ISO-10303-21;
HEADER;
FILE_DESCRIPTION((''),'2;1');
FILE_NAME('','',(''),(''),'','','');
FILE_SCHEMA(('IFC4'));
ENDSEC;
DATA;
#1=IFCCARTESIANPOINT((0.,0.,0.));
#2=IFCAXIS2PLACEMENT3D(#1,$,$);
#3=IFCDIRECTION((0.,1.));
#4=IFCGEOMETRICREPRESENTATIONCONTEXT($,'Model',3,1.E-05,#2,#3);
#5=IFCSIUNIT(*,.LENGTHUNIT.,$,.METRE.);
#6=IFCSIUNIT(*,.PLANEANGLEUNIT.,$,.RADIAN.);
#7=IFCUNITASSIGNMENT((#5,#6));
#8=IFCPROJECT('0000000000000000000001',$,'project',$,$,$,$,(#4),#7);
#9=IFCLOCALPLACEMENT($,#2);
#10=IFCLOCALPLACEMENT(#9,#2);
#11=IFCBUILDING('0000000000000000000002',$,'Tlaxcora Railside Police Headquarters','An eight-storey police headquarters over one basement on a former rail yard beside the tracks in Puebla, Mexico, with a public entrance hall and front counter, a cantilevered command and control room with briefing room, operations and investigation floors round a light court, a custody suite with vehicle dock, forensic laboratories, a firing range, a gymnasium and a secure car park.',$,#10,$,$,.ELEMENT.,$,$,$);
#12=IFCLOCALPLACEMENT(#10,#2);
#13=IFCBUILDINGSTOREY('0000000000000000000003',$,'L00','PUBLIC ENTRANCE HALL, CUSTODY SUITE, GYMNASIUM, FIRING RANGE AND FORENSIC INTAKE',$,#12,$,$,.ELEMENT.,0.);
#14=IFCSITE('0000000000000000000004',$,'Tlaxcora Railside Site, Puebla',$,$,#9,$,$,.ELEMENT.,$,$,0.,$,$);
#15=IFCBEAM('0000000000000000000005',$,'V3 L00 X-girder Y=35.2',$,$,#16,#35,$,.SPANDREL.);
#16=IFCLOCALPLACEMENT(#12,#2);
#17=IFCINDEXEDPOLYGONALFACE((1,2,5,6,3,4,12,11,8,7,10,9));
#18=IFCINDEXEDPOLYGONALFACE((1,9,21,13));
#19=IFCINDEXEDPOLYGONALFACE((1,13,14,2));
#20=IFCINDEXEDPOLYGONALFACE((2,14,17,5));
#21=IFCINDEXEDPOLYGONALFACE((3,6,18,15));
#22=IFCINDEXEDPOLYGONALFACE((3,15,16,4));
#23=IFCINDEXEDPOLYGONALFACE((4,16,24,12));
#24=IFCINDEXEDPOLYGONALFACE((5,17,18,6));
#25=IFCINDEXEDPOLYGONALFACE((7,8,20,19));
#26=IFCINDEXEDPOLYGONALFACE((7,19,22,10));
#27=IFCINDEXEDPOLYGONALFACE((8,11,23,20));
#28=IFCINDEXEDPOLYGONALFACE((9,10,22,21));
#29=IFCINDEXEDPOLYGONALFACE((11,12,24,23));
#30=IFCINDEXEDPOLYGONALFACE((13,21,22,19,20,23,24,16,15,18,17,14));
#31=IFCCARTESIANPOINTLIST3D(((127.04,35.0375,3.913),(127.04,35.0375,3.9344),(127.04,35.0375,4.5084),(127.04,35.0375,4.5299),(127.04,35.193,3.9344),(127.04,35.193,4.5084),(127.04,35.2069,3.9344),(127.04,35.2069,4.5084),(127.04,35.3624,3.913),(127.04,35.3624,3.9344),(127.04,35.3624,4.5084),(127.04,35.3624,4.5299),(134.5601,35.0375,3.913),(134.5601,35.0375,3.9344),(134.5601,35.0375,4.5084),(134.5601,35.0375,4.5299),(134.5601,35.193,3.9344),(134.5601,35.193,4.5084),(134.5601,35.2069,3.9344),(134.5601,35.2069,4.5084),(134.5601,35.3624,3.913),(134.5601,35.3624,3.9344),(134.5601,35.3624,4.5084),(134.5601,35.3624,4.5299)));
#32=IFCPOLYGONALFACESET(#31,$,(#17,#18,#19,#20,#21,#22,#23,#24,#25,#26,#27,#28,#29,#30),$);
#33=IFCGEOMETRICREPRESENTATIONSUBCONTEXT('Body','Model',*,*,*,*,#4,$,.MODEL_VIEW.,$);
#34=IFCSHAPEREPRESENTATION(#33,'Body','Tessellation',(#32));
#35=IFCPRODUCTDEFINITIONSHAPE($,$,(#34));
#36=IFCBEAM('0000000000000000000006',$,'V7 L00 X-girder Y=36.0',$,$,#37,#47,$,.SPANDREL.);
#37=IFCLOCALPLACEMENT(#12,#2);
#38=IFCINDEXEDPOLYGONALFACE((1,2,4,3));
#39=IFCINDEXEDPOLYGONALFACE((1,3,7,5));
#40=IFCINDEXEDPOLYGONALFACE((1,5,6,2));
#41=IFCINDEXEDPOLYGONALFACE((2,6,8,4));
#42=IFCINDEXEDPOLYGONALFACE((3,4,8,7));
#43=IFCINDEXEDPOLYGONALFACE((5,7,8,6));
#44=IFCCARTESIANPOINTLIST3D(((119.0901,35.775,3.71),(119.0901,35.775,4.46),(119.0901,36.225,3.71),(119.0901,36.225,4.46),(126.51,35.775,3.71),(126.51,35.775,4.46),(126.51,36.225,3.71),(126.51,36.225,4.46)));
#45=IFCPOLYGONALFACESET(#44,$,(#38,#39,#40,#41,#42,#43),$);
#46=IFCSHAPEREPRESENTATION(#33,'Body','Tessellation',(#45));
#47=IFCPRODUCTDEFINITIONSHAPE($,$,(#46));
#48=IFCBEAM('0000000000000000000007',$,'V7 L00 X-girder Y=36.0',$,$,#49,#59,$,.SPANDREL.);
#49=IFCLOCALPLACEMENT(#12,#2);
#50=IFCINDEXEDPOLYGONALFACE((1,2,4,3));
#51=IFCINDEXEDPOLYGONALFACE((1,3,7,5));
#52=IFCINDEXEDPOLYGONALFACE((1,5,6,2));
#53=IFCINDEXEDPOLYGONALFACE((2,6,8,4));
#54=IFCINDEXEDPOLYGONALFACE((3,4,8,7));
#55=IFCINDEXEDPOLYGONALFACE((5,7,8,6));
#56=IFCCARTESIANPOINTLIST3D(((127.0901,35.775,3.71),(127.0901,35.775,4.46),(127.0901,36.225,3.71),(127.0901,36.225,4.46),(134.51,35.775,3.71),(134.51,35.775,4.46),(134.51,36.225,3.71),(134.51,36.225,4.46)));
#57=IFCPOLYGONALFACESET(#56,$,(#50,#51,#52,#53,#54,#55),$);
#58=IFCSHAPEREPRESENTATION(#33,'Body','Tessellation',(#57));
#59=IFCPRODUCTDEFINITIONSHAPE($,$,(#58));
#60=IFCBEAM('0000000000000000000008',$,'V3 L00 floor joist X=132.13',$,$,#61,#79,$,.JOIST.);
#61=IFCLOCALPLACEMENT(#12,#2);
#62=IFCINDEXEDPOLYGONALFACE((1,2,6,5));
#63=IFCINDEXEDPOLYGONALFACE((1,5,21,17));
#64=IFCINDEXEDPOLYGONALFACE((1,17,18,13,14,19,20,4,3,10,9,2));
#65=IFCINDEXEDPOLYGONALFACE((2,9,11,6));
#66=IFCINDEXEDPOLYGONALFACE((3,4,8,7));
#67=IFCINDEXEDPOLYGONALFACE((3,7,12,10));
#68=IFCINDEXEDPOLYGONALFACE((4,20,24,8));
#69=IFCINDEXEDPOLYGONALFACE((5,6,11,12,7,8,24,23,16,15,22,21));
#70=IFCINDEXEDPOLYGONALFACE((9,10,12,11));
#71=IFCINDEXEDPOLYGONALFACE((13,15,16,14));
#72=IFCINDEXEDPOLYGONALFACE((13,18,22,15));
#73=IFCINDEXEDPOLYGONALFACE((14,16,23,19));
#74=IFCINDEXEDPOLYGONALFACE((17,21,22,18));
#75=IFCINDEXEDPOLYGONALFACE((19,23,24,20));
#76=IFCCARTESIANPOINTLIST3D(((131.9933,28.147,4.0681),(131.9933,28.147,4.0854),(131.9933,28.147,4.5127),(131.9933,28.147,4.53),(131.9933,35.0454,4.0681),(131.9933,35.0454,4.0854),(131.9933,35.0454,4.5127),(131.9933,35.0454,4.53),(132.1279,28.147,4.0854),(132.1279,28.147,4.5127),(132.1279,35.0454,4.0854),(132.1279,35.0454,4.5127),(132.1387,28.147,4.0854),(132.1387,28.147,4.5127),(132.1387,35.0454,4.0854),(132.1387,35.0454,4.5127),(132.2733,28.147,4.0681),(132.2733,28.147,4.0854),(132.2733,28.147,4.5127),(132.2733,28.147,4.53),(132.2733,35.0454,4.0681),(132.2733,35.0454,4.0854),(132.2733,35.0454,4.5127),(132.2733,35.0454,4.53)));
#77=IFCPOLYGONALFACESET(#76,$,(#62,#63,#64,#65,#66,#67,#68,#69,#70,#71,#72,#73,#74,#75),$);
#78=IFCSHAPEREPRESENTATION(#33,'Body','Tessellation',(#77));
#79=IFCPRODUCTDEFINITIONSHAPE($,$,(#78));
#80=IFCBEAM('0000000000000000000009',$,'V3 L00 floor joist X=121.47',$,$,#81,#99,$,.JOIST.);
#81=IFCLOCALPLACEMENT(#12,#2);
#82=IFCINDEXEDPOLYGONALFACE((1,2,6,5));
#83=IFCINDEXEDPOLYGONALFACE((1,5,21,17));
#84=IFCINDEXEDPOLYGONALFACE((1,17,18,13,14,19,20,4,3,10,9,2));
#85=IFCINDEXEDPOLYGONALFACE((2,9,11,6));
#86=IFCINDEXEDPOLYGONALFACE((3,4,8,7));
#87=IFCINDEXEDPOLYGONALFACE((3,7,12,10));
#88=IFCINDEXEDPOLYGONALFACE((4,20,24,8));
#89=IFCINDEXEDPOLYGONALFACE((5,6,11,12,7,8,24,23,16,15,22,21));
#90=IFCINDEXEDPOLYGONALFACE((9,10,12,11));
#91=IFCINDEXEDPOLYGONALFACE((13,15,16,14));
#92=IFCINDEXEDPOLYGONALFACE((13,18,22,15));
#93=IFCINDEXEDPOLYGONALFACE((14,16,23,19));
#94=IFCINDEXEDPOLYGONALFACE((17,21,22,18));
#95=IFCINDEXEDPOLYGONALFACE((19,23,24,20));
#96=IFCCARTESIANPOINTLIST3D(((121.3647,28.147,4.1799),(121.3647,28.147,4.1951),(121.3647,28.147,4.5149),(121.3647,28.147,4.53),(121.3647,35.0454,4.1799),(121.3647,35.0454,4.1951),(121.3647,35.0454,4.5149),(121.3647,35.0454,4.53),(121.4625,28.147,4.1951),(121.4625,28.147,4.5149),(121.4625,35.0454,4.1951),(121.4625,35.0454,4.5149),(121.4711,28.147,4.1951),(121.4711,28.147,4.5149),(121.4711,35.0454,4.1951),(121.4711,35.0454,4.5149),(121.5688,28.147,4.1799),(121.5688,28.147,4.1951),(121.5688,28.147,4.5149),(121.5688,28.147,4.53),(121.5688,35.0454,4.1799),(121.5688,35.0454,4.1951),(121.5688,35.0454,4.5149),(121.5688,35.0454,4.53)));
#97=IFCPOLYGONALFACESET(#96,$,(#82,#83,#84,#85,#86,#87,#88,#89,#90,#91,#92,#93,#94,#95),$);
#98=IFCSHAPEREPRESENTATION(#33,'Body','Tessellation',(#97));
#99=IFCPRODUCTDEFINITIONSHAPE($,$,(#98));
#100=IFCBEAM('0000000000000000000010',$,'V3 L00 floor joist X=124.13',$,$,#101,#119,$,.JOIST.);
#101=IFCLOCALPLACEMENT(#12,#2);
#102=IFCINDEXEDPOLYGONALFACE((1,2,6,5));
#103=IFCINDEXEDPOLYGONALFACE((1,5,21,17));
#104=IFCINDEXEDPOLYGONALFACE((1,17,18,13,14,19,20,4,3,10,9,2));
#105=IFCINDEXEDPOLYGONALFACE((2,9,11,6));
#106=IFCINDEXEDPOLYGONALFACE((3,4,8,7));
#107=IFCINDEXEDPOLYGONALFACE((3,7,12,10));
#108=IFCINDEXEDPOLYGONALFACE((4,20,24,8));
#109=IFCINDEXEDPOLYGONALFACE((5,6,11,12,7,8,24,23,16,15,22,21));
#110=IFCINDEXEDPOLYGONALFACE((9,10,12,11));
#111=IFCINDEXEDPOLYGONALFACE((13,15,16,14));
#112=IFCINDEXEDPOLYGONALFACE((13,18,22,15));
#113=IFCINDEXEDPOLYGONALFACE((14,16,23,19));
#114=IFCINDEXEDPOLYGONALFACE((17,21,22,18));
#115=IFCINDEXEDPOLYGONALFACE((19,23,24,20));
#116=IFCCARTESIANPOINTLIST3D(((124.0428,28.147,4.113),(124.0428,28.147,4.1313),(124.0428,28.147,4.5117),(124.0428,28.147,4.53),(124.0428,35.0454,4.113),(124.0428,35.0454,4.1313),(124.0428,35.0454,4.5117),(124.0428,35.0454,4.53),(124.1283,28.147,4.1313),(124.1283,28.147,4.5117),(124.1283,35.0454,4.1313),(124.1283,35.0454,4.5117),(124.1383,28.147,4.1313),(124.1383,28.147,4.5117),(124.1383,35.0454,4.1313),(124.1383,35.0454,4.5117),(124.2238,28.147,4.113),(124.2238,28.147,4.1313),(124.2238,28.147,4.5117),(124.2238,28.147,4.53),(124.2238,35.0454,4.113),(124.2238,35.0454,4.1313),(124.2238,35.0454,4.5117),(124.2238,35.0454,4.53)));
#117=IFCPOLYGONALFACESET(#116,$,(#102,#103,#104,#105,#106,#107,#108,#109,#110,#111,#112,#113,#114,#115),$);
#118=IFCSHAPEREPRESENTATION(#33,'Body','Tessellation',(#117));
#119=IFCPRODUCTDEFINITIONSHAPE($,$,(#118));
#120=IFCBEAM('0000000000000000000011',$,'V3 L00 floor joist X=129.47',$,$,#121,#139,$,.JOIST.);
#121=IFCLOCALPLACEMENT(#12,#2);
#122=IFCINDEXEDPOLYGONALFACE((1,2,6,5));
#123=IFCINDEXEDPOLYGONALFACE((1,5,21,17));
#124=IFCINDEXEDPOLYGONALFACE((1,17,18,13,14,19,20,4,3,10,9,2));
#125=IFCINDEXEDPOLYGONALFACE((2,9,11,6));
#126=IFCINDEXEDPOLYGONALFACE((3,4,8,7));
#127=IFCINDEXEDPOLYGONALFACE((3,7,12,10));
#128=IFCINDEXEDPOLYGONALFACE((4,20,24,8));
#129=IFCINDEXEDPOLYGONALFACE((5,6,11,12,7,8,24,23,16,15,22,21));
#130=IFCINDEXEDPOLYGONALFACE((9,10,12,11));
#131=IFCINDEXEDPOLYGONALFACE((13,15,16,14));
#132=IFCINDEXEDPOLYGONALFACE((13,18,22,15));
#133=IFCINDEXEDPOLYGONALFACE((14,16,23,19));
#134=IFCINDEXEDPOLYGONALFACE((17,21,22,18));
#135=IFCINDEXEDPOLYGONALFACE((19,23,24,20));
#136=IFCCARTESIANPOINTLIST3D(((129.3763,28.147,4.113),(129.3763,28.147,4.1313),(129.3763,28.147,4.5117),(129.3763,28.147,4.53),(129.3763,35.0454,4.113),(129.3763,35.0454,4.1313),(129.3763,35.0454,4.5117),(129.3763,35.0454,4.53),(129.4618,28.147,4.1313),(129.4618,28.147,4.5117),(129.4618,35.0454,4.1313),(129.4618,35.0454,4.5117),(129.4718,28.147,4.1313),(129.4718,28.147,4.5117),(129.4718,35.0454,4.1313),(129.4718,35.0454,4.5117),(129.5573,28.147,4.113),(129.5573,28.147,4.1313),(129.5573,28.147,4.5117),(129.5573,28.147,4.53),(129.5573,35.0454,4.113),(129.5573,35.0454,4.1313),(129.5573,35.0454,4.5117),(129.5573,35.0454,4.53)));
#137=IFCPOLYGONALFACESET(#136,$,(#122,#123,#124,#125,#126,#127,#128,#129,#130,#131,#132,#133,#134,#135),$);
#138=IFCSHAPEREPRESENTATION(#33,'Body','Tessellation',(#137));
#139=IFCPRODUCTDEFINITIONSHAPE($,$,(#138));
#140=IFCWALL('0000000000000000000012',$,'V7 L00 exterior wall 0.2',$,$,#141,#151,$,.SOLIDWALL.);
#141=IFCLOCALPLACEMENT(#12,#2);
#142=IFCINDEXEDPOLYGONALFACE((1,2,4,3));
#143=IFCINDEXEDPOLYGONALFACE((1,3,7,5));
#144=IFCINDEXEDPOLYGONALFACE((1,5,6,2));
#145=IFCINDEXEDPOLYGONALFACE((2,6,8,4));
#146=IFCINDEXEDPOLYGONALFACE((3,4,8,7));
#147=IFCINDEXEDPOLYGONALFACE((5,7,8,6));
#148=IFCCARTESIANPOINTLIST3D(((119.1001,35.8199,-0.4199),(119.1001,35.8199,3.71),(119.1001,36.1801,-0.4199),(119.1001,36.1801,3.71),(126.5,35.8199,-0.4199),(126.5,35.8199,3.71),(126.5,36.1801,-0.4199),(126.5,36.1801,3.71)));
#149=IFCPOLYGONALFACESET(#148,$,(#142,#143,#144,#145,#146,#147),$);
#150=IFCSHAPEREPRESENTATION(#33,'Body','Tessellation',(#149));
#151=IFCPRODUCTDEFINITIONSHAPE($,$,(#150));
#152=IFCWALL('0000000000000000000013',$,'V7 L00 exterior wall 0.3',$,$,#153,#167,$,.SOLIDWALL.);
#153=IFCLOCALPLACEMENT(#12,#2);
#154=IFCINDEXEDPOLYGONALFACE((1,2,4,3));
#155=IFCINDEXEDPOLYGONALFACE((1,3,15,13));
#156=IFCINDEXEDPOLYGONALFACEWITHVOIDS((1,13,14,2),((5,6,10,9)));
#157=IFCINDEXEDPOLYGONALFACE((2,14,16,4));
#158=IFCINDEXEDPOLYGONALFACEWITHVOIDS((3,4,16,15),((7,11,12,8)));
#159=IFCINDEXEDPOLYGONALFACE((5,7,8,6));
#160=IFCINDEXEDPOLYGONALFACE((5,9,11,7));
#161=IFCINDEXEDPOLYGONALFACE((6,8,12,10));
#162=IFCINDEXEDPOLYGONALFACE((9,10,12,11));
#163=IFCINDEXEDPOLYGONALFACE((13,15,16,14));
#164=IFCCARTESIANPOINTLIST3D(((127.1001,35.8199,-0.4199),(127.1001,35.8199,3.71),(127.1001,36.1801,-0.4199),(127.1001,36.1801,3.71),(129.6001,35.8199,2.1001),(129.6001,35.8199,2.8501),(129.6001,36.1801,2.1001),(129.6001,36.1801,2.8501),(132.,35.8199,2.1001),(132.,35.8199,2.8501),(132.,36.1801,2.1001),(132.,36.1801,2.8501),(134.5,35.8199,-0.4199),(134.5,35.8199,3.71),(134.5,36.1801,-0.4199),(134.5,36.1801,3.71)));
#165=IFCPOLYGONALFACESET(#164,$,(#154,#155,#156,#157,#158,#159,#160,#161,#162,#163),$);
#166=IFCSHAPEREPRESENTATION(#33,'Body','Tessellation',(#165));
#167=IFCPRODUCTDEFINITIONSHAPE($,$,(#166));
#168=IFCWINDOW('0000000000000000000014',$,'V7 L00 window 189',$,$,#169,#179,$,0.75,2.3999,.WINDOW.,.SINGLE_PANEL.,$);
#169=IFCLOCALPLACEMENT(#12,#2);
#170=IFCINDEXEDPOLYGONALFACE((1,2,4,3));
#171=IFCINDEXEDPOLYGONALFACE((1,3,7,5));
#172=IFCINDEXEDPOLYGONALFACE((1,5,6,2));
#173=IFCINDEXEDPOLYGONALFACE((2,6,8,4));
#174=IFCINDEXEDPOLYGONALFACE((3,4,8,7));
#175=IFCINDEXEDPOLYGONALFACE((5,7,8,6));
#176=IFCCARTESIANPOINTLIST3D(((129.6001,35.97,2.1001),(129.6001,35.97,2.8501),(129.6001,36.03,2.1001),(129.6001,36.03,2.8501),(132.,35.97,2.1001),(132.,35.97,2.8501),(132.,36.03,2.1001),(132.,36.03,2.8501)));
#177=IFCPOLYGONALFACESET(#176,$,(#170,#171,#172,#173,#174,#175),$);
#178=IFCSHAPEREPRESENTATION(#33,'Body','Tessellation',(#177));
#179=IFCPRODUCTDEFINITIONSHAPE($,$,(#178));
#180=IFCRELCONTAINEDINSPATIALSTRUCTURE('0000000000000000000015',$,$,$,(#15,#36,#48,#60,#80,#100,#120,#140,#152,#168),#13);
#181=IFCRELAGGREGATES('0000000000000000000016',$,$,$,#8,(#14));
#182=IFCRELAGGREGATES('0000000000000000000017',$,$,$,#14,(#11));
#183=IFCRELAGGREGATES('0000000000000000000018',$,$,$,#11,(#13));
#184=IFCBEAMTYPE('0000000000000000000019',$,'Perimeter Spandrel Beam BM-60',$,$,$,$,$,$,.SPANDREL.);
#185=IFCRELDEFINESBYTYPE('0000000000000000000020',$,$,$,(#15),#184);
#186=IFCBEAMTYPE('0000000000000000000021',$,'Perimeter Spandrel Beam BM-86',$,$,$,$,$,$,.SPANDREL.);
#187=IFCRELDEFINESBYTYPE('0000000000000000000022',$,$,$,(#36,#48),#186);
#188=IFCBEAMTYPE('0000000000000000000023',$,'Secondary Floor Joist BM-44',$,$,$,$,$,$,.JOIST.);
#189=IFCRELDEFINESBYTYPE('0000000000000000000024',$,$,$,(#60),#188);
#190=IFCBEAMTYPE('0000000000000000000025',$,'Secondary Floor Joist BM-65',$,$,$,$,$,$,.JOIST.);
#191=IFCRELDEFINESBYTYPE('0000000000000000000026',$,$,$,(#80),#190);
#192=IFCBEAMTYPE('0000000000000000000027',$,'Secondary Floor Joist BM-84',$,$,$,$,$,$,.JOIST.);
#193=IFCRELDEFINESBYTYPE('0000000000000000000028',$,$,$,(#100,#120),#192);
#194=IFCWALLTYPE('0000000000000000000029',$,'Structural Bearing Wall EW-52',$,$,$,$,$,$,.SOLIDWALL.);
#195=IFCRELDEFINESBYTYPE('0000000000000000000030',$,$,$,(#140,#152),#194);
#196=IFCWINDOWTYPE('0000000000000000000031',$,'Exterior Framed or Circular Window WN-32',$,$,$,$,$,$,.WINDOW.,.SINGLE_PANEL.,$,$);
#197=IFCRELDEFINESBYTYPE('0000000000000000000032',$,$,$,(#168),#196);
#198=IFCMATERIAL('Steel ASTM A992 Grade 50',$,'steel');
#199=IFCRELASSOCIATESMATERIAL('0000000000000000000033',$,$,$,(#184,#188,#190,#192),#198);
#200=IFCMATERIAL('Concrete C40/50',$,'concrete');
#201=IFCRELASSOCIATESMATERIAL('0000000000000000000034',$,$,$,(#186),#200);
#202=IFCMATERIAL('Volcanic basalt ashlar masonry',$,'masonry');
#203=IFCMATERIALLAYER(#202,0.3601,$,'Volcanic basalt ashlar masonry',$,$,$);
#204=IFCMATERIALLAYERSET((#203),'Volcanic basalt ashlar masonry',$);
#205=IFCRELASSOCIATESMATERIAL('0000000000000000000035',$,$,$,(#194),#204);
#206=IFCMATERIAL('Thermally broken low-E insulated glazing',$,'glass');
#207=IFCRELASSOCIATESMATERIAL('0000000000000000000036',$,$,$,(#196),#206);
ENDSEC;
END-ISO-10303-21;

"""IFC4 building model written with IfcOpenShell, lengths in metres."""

from ifc_helpers import new_model, si_unit, direction, frame, frame_2d, origin, origin_2d, place, context, subcontext, project, spatial, rectangle, i_section, extrude, material, layer, layer_set, material_profile, profile_set, type_object, element, fill, save


model = new_model("IFC4")

# Units and contexts
model_context = context("Model", 3, precision=1e-05, world=origin(), true_north=direction((0.0, 1.0)))
body_context = subcontext(model_context, "Body", "Model", "MODEL_VIEW")
ifc_project = project(units=[si_unit("LENGTHUNIT", "METRE"), si_unit("PLANEANGLEUNIT", "RADIAN")], contexts=[model_context])

# Site, building, storey
site_placement = place(None, origin())
site = spatial("IfcSite", under=ifc_project, at=site_placement, Name="Tlaxcora Railside Site, Puebla", CompositionType="ELEMENT", RefElevation=0.0)
building_placement = place(site_placement, origin())
building = spatial("IfcBuilding", under=site, at=building_placement, Name="Tlaxcora Railside Police Headquarters", Description="An eight-storey police headquarters over one basement on a former rail yard beside the tracks in Puebla, Mexico, with a public entrance hall and front counter, a cantilevered command and control room with briefing room, operations and investigation floors round a light court, a custody suite with vehicle dock, forensic laboratories, a firing range, a gymnasium and a secure car park.", CompositionType="ELEMENT")
storey_placement = place(building_placement, origin())
storey = spatial("IfcBuildingStorey", under=building, at=storey_placement, Name="L00", Description="PUBLIC ENTRANCE HALL, CUSTODY SUITE, GYMNASIUM, FIRING RANGE AND FORENSIC INTAKE", CompositionType="ELEMENT", Elevation=0.0)

# Shared definitions
ifc_material_1 = material(Name="Concrete C40/50", Category="concrete")

# Beams
ifc_material_2 = material(Name="Steel ASTM A992 Grade 50", Category="steel")
ifc_material_profile_1 = material_profile(ifc_material_2, i_section(OverallWidth=0.325, OverallDepth=0.6169, WebThickness=0.0139, FlangeThickness=0.0215, at=origin_2d()), Name="W24X117")
ifc_profile_set_1 = profile_set([ifc_material_profile_1], Name="Steel ASTM A992 Grade 50")
beam_type_1 = type_object("IfcBeamType", Name="Perimeter Spandrel Beam BM-60", PredefinedType="SPANDREL", material=ifc_profile_set_1)
for number, where, z_axis, x_axis, name in (
    (1, (127.04, 35.2, 4.2214), (1.0, 0.0, 0.0), (0.0, 1.0, 0.0), "V3 L00 X-girder Y=35.2"),
):
    element("IfcBeam", number, at=place(storey_placement, frame(where, z_axis=z_axis, x_axis=x_axis)), inside=storey, type_object=beam_type_1, Name=name, PredefinedType="SPANDREL", context=body_context, shape_type="SweptSolid", body=[
        extrude(i_section(OverallWidth=0.325, OverallDepth=0.6169, WebThickness=0.0139, FlangeThickness=0.0215, at=origin_2d()), origin(), (0.0, 0.0, 1.0), 7.52),
    ])
ifc_material_profile_2 = material_profile(ifc_material_1, rectangle(XDim=0.45, YDim=0.75, at=origin_2d()), Name="RC450X750")
ifc_profile_set_2 = profile_set([ifc_material_profile_2], Name="Concrete C40/50")
beam_type_2 = type_object("IfcBeamType", Name="Perimeter Spandrel Beam BM-86", PredefinedType="SPANDREL", material=ifc_profile_set_2)
for number, where, z_axis, x_axis, name in (
    (2, (119.0901, 36.0, 4.085), (1.0, 0.0, 0.0), (0.0, 1.0, 0.0), "V7 L00 X-girder Y=36.0"),
    (3, (127.0901, 36.0, 4.085), (1.0, 0.0, 0.0), (0.0, 1.0, 0.0), "V7 L00 X-girder Y=36.0"),
):
    element("IfcBeam", number, at=place(storey_placement, frame(where, z_axis=z_axis, x_axis=x_axis)), inside=storey, type_object=beam_type_2, Name=name, PredefinedType="SPANDREL", context=body_context, shape_type="SweptSolid", body=[
        extrude(rectangle(XDim=0.45, YDim=0.75, at=origin_2d()), origin(), (0.0, 0.0, 1.0), 7.4199),
    ])
ifc_material_profile_3 = material_profile(ifc_material_2, i_section(OverallWidth=0.28, OverallDepth=0.4619, WebThickness=0.0107, FlangeThickness=0.0173, at=origin_2d()), Name="W18X76")
ifc_profile_set_3 = profile_set([ifc_material_profile_3], Name="Steel ASTM A992 Grade 50")
beam_type_3 = type_object("IfcBeamType", Name="Secondary Floor Joist BM-44", PredefinedType="JOIST", material=ifc_profile_set_3)
beam_1_placement = place(storey_placement, frame((132.1333, 28.147, 4.2991), z_axis=(0.0, 1.0, 0.0), x_axis=(-1.0, 0.0, 0.0)))
element("IfcBeam", 4, at=beam_1_placement, inside=storey, type_object=beam_type_3, Name="V3 L00 floor joist X=132.13", PredefinedType="JOIST", context=body_context, shape_type="SweptSolid", body=[
    extrude(i_section(OverallWidth=0.28, OverallDepth=0.4619, WebThickness=0.0107, FlangeThickness=0.0173, at=origin_2d()), origin(), (0.0, 0.0, 1.0), 6.8984),
])
ifc_material_profile_4 = material_profile(ifc_material_2, i_section(OverallWidth=0.2041, OverallDepth=0.3501, WebThickness=0.0085, FlangeThickness=0.0151, at=origin_2d()), Name="W14X48")
ifc_profile_set_4 = profile_set([ifc_material_profile_4], Name="Steel ASTM A992 Grade 50")
beam_type_4 = type_object("IfcBeamType", Name="Secondary Floor Joist BM-65", PredefinedType="JOIST", material=ifc_profile_set_4)
beam_2_placement = place(storey_placement, frame((121.4668, 28.147, 4.355), z_axis=(0.0, 1.0, 0.0), x_axis=(-1.0, 0.0, 0.0)))
element("IfcBeam", 5, at=beam_2_placement, inside=storey, type_object=beam_type_4, Name="V3 L00 floor joist X=121.47", PredefinedType="JOIST", context=body_context, shape_type="SweptSolid", body=[
    extrude(i_section(OverallWidth=0.2041, OverallDepth=0.3501, WebThickness=0.0085, FlangeThickness=0.0151, at=origin_2d()), origin(), (0.0, 0.0, 1.0), 6.8984),
])
ifc_material_profile_5 = material_profile(ifc_material_2, i_section(OverallWidth=0.1809, OverallDepth=0.417, WebThickness=0.01, FlangeThickness=0.0183, at=origin_2d()), Name="W16X57")
ifc_profile_set_5 = profile_set([ifc_material_profile_5], Name="Steel ASTM A992 Grade 50")
beam_type_5 = type_object("IfcBeamType", Name="Secondary Floor Joist BM-84", PredefinedType="JOIST", material=ifc_profile_set_5)
for number, where, z_axis, x_axis, name in (
    (6, (124.1333, 28.147, 4.3215), (0.0, 1.0, 0.0), (-1.0, 0.0, 0.0), "V3 L00 floor joist X=124.13"),
    (7, (129.4668, 28.147, 4.3215), (0.0, 1.0, 0.0), (-1.0, 0.0, 0.0), "V3 L00 floor joist X=129.47"),
):
    element("IfcBeam", number, at=place(storey_placement, frame(where, z_axis=z_axis, x_axis=x_axis)), inside=storey, type_object=beam_type_5, Name=name, PredefinedType="JOIST", context=body_context, shape_type="SweptSolid", body=[
        extrude(i_section(OverallWidth=0.1809, OverallDepth=0.417, WebThickness=0.01, FlangeThickness=0.0183, at=origin_2d()), origin(), (0.0, 0.0, 1.0), 6.8984),
    ])

# Wall
ifc_material_3 = material(Name="Volcanic basalt ashlar masonry", Category="masonry")
ifc_layer_1 = layer(ifc_material_3, 0.3601, Name="Volcanic basalt ashlar masonry")
ifc_layer_set_1 = layer_set([ifc_layer_1], Name="Volcanic basalt ashlar masonry")
wall_type_1 = type_object("IfcWallType", Name="Structural Bearing Wall EW-52", PredefinedType="SOLIDWALL", material=ifc_layer_set_1)
wall_1_placement = place(storey_placement, frame((119.1001, 36.0, -0.4199), z_axis=(0.0, 0.0, 1.0), x_axis=(1.0, 0.0, 0.0)))
element("IfcWall", 8, at=wall_1_placement, inside=storey, type_object=wall_type_1, Name="V7 L00 exterior wall 0.2", PredefinedType="SOLIDWALL", context=body_context, shape_type="SweptSolid", body=[
    extrude(rectangle(XDim=7.3999, YDim=0.3601, at=frame_2d((3.7, 0.0))), origin(), (0.0, 0.0, 1.0), 4.1299),
])

# Wall, opening, window
wall_2_placement = place(storey_placement, frame((127.1001, 36.0, -0.4199), z_axis=(0.0, 0.0, 1.0), x_axis=(1.0, 0.0, 0.0)))
wall_2 = element("IfcWall", 9, at=wall_2_placement, inside=storey, type_object=wall_type_1, Name="V7 L00 exterior wall 0.3", PredefinedType="SOLIDWALL", context=body_context, shape_type="SweptSolid", body=[
    extrude(rectangle(XDim=7.3999, YDim=0.3601, at=frame_2d((3.7, 0.0))), origin(), (0.0, 0.0, 1.0), 4.1299),
])
opening_1_placement = place(wall_2_placement, frame((2.5, 0.0, 2.52)))
opening_1 = element("IfcOpeningElement", 10, at=opening_1_placement, cuts=wall_2, PredefinedType="OPENING", context=body_context, shape_type="SweptSolid", body=[
    extrude(rectangle(XDim=2.3999, YDim=0.75, at=frame_2d((1.2, 0.375))), frame((0.0, 0.1899, 0.0), z_axis=(0.0, -1.0, 0.0), x_axis=(1.0, 0.0, 0.0)), (0.0, 0.0, 1.0), 0.3801),
])
ifc_material_4 = material(Name="Thermally broken low-E insulated glazing", Category="glass")
window_type_1 = type_object("IfcWindowType", Name="Exterior Framed or Circular Window WN-32", PartitioningType="SINGLE_PANEL", PredefinedType="WINDOW", material=ifc_material_4)
window_1_placement = place(opening_1_placement, origin())
window_1 = element("IfcWindow", 11, at=window_1_placement, inside=storey, type_object=window_type_1, Name="V7 L00 window 189", OverallHeight=0.75, OverallWidth=2.3999, PartitioningType="SINGLE_PANEL", PredefinedType="WINDOW", context=body_context, shape_type="SweptSolid", body=[
    extrude(rectangle(XDim=2.3999, YDim=0.75, at=frame_2d((1.2, 0.375))), frame((0.0, 0.03, 0.0), z_axis=(0.0, -1.0, 0.0), x_axis=(1.0, 0.0, 0.0)), (0.0, 0.0, 1.0), 0.0601),
])
fill(opening_1, window_1)

save(model, "model.ifc")
